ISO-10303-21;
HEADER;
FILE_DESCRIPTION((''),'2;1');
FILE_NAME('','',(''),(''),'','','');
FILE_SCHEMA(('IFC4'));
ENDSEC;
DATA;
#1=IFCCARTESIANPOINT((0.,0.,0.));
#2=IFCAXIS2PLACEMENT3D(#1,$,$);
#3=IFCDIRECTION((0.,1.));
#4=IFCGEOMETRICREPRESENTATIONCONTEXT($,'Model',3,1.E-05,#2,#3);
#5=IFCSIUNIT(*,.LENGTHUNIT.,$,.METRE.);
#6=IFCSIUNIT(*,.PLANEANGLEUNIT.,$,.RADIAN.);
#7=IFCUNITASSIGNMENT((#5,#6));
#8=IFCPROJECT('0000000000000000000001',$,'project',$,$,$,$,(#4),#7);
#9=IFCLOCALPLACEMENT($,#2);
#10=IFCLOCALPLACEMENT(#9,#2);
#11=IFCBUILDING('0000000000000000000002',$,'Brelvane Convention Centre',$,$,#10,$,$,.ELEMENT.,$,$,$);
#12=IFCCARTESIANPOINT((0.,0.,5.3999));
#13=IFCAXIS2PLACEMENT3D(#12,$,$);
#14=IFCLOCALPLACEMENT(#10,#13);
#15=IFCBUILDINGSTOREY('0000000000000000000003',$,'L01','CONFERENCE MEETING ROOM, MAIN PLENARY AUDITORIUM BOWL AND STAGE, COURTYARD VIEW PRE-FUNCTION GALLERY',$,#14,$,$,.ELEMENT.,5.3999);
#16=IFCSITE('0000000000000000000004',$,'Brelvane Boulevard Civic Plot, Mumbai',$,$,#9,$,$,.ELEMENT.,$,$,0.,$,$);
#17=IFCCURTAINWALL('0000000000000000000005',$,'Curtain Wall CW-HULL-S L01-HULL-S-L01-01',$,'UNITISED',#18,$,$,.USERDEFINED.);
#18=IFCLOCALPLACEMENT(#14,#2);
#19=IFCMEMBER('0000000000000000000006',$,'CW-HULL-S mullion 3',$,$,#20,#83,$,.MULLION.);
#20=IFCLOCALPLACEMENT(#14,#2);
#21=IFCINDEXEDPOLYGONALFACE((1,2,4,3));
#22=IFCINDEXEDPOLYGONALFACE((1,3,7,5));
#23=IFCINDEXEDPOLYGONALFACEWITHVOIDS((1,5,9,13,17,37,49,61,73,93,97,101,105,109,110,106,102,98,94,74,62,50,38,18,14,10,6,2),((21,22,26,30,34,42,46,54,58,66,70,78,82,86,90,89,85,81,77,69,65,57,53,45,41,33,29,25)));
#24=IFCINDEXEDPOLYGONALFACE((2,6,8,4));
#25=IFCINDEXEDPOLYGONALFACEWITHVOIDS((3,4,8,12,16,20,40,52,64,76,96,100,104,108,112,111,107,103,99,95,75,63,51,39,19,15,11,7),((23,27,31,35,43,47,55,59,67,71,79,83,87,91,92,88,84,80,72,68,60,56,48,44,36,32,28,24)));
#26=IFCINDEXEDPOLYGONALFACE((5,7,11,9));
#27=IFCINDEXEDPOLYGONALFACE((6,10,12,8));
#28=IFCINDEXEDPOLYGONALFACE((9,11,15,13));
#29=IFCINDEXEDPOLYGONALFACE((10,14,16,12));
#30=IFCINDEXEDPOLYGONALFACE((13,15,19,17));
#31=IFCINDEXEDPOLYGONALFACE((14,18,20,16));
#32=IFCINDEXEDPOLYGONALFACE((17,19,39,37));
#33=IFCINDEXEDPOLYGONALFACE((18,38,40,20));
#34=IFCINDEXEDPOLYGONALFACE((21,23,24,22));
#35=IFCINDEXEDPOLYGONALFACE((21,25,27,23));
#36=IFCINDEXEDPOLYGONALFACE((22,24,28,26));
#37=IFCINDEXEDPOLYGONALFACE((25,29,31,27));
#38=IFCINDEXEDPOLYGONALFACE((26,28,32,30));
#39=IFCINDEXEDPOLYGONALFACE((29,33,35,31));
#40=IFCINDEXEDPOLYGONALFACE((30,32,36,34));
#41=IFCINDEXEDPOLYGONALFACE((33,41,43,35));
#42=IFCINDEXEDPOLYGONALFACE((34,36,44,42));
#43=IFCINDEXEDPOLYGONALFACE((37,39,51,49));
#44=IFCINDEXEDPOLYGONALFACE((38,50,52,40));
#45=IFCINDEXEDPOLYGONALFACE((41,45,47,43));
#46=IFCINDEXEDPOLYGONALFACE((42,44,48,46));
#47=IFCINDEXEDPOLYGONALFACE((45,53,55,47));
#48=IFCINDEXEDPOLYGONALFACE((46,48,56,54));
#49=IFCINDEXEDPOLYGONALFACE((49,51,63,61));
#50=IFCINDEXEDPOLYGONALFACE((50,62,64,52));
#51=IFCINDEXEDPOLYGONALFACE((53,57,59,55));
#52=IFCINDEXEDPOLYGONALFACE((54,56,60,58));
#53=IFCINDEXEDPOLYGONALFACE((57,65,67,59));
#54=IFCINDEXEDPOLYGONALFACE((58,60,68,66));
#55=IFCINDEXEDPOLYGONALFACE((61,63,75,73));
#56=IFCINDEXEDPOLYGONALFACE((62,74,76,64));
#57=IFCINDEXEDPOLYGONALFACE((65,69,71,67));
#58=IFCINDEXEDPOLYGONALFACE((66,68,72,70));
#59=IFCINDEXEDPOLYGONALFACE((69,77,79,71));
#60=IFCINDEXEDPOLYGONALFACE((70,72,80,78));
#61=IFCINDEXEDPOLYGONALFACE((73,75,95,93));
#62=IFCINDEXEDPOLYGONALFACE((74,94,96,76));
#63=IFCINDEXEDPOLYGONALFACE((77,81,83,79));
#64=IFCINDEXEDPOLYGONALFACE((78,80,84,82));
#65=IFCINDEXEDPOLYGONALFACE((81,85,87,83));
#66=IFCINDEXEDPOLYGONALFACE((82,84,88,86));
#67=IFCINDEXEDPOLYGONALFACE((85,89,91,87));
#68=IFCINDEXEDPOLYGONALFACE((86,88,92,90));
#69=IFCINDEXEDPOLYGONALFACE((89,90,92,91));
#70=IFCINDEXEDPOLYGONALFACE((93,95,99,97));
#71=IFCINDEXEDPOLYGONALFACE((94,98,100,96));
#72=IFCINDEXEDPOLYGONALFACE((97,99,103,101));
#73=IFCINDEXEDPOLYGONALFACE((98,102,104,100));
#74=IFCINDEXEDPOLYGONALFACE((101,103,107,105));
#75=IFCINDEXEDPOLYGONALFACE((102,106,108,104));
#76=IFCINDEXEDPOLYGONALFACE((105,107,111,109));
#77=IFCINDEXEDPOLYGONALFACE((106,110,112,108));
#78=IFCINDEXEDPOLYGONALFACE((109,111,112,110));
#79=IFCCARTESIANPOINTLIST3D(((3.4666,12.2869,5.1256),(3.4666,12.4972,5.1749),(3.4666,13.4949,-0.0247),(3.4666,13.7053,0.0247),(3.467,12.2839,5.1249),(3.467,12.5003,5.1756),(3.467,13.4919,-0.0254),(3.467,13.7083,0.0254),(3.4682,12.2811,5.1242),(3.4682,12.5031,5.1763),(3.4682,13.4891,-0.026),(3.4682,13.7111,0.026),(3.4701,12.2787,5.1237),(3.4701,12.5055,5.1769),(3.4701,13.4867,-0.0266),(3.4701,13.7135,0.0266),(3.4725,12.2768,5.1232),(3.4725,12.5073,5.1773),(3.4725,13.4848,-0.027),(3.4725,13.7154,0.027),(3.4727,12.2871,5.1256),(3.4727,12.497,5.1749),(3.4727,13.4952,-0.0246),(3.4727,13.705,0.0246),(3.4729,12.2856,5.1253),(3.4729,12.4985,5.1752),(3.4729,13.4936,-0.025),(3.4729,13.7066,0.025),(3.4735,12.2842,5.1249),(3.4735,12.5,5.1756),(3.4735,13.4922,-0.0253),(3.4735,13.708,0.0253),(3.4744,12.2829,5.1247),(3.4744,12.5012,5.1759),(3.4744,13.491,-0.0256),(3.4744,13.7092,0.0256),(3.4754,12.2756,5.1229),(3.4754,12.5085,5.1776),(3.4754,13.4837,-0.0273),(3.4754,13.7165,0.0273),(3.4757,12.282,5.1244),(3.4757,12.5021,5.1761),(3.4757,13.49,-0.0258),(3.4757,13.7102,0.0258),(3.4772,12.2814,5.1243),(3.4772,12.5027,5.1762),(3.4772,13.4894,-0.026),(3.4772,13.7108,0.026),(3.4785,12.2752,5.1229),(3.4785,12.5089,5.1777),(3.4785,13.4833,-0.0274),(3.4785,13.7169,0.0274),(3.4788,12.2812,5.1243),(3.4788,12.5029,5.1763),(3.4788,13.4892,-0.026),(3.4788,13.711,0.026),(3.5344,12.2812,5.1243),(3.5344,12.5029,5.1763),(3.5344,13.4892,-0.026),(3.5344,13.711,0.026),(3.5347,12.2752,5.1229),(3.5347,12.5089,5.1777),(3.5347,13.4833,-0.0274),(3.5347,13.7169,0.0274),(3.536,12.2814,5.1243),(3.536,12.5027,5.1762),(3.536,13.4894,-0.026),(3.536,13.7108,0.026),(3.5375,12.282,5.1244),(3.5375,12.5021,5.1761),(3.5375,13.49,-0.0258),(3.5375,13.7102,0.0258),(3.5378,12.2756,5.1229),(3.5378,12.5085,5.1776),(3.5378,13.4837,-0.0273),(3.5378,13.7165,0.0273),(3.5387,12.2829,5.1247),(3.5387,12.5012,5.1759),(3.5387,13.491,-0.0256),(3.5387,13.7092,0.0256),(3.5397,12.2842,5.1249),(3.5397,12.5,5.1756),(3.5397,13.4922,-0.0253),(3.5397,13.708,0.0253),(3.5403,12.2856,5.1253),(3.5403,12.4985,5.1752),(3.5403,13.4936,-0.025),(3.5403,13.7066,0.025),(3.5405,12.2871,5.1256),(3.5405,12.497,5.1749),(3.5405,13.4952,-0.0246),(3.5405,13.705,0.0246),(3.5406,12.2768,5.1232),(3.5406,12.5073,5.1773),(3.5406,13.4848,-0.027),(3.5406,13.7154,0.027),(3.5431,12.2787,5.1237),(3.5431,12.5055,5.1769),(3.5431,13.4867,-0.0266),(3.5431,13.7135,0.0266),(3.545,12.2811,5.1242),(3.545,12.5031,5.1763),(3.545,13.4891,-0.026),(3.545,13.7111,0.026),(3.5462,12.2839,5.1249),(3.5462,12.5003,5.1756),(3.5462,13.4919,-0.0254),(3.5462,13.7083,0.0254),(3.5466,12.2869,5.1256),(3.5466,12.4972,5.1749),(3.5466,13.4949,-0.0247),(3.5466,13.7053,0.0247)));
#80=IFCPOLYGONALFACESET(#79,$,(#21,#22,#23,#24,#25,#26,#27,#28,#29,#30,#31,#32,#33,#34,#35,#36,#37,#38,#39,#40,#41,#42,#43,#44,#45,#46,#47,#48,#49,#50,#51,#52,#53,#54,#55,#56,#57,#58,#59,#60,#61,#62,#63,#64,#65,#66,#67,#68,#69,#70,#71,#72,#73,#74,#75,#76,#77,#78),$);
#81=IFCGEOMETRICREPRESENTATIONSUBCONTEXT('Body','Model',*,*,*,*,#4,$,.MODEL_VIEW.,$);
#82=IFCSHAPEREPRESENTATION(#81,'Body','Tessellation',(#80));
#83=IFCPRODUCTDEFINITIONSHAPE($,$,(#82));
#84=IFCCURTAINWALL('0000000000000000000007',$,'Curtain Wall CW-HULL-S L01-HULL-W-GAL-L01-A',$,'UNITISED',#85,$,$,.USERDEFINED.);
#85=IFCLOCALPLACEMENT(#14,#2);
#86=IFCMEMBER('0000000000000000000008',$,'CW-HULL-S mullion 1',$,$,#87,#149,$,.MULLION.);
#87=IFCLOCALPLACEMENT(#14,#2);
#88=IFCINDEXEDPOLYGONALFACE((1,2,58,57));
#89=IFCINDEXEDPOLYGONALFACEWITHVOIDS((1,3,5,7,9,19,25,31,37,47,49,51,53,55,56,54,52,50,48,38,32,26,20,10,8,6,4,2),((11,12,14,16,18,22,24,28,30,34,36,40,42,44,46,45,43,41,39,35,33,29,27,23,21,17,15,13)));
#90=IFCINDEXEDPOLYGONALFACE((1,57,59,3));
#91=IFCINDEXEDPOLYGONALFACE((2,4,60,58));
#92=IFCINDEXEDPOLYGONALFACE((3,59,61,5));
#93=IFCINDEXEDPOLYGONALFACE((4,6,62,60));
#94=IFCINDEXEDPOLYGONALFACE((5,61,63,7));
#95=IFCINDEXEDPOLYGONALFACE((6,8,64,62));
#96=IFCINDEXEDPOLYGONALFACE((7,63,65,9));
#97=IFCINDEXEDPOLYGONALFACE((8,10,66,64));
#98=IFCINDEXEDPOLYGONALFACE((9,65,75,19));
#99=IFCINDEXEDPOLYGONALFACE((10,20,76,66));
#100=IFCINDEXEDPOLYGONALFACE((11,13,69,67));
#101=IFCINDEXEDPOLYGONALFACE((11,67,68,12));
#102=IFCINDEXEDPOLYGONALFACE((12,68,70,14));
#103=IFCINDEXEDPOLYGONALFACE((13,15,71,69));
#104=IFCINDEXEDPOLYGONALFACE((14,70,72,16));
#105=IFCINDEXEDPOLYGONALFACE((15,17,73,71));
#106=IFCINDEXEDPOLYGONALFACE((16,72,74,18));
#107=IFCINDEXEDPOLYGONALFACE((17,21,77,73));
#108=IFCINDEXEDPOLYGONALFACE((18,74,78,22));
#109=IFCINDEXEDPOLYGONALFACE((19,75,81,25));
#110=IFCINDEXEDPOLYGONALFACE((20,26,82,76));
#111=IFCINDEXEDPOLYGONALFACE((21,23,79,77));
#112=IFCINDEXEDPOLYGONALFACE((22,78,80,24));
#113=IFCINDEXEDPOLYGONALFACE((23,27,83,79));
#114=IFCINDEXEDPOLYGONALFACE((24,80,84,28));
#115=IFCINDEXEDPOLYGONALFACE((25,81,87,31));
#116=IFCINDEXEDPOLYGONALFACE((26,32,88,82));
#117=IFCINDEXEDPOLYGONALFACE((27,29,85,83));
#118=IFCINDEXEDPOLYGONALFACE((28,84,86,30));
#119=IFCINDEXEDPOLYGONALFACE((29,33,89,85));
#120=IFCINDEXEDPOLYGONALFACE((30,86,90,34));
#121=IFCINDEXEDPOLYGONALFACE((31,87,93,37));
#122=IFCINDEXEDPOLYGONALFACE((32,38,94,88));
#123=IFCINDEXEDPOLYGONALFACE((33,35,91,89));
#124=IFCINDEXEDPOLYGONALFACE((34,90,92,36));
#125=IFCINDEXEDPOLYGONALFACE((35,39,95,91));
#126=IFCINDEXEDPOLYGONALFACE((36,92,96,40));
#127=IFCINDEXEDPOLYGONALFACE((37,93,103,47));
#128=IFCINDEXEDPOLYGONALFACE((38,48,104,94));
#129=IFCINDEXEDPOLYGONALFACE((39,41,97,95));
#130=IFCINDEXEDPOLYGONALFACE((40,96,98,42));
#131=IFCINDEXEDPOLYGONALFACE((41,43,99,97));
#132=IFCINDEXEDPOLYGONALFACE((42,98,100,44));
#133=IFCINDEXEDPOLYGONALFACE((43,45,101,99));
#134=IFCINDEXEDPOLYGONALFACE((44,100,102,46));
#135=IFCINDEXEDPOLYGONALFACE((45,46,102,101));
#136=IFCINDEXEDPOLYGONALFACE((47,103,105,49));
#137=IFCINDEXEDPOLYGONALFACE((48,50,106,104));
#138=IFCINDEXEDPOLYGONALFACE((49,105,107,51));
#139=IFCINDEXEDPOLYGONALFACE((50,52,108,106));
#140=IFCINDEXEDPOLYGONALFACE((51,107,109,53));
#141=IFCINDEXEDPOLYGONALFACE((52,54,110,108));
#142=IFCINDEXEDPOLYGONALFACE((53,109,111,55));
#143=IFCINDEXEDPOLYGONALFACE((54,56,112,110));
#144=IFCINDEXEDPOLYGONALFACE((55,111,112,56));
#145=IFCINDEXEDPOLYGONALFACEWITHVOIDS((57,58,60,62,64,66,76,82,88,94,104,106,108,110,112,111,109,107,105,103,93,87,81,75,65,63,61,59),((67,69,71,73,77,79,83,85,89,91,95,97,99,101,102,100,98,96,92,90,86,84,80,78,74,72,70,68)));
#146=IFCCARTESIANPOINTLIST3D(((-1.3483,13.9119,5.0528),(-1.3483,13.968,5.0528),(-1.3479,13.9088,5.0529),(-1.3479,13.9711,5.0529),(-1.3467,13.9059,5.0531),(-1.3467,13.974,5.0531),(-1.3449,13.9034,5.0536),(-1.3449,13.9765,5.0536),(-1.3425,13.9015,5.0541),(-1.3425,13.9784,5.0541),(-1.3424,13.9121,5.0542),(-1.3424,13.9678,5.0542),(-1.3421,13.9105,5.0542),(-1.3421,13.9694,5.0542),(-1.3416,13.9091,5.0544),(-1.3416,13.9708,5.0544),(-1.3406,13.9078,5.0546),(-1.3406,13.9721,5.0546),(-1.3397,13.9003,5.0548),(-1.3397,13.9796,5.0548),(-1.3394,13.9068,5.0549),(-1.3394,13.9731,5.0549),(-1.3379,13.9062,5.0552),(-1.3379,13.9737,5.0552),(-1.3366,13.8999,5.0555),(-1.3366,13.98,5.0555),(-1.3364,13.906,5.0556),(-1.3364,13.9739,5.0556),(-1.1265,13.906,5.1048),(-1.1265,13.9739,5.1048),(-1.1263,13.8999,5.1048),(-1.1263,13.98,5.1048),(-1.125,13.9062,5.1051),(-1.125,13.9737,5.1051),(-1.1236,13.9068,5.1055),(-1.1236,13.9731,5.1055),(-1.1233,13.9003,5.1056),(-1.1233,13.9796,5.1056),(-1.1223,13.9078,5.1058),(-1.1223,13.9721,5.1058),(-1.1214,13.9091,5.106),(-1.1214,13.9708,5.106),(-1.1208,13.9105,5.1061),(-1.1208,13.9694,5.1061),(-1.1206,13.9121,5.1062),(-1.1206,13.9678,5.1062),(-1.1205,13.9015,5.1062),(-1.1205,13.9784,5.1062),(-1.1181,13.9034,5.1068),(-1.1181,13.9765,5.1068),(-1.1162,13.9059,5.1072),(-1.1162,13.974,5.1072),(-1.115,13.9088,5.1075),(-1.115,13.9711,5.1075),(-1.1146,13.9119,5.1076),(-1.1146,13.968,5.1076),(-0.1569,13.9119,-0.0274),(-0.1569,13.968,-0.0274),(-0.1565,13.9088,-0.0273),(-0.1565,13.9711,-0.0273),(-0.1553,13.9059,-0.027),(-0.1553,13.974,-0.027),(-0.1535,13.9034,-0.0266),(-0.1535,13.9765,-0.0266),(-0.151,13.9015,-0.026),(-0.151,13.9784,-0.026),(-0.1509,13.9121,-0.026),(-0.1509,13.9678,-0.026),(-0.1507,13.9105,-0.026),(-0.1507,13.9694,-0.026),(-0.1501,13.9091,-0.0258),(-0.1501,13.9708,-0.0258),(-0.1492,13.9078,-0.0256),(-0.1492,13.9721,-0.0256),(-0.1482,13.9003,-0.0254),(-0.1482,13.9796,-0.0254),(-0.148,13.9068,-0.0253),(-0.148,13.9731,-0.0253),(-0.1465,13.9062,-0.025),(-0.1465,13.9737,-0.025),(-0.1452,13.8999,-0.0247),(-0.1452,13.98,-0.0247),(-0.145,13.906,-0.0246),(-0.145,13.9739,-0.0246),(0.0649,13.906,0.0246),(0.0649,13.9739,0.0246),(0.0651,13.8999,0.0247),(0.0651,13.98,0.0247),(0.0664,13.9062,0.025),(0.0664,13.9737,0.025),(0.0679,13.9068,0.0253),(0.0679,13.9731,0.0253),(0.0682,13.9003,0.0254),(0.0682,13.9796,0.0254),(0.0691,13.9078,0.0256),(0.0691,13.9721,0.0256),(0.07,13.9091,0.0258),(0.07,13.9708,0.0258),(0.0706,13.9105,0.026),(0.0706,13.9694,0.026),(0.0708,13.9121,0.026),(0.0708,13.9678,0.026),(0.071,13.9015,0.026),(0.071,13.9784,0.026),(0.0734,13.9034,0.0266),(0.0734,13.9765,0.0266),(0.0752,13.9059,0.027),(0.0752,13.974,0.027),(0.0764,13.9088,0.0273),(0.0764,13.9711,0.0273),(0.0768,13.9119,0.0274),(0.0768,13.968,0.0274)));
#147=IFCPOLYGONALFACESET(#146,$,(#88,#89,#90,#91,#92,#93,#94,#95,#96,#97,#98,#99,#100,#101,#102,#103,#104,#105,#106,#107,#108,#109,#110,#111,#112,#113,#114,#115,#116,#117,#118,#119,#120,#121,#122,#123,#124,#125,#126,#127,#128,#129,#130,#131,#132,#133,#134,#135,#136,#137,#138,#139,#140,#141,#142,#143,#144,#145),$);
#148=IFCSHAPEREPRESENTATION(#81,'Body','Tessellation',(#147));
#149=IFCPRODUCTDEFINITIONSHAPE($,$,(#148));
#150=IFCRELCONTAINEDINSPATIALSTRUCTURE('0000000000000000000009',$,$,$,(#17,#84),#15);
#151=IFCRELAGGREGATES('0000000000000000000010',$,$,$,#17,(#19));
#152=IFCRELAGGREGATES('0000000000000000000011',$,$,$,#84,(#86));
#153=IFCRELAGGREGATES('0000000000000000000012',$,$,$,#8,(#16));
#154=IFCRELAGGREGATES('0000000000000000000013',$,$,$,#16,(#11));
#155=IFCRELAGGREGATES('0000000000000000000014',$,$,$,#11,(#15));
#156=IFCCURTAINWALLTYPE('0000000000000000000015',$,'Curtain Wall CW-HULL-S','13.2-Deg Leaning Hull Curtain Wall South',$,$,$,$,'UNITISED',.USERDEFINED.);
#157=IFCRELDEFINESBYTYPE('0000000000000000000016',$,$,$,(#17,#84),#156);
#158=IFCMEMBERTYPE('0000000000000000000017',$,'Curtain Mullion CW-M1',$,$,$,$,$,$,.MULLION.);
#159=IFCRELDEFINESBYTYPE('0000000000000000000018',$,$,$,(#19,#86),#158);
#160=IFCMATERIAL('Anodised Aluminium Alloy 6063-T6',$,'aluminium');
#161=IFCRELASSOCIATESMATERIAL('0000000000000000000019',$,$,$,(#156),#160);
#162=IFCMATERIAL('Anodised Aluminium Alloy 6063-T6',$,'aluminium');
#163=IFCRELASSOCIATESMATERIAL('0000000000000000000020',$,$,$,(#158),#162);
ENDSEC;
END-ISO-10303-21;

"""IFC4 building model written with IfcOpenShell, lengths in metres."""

from ifc_helpers import new_model, si_unit, direction, frame, origin, origin_2d, place, context, subcontext, project, spatial, hollow_rectangle, extrude, material, material_profile, profile_set, type_object, element, aggregate, save


model = new_model("IFC4")

# Units and contexts
model_context = context("Model", 3, precision=1e-05, world=origin(), true_north=direction((0.0, 1.0)))
body_context = subcontext(model_context, "Body", "Model", "MODEL_VIEW")
ifc_project = project(units=[si_unit("LENGTHUNIT", "METRE"), si_unit("PLANEANGLEUNIT", "RADIAN")], contexts=[model_context])

# Site, building, storey
site_placement = place(None, origin())
site = spatial("IfcSite", under=ifc_project, at=site_placement, Name="Brelvane Boulevard Civic Plot, Mumbai", CompositionType="ELEMENT", RefElevation=0.0)
building_placement = place(site_placement, origin())
building = spatial("IfcBuilding", under=site, at=building_placement, Name="Brelvane Convention Centre", CompositionType="ELEMENT")
storey_placement = place(building_placement, frame((0.0, 0.0, 5.3999)))
storey = spatial("IfcBuildingStorey", under=building, at=storey_placement, Name="L01", Description="CONFERENCE MEETING ROOM, MAIN PLENARY AUDITORIUM BOWL AND STAGE, COURTYARD VIEW PRE-FUNCTION GALLERY", CompositionType="ELEMENT", Elevation=5.3999)

# Curtain walls, members
ifc_material_1 = material(Name="Anodised Aluminium Alloy 6063-T6", Category="aluminium")
curtain_wall_type = type_object("IfcCurtainWallType", Name="Curtain Wall CW-HULL-S", Description="13.2-Deg Leaning Hull Curtain Wall South", ElementType="UNITISED", PredefinedType="USERDEFINED", material=ifc_material_1)
curtain_wall_1_placement = place(storey_placement, origin())
curtain_wall_1 = element("IfcCurtainWall", 1, at=curtain_wall_1_placement, inside=storey, type_object=curtain_wall_type, Name="Curtain Wall CW-HULL-S L01-HULL-S-L01-01", ObjectType="UNITISED", PredefinedType="USERDEFINED")
ifc_material_2 = material(Name="Anodised Aluminium Alloy 6063-T6", Category="aluminium")
ifc_material_profile_1 = material_profile(ifc_material_2, hollow_rectangle(XDim=0.0801, YDim=0.24, WallThickness=0.0061, InnerFilletRadius=0.0061, OuterFilletRadius=0.012, at=origin_2d()), Name="ALU-M 240x80x6.0")
ifc_profile_set_1 = profile_set([ifc_material_profile_1], Name="Anodised Aluminium Alloy 6063-T6")
member_type_1 = type_object("IfcMemberType", Name="Curtain Mullion CW-M1", PredefinedType="MULLION", material=ifc_profile_set_1)
member_1_placement = place(storey_placement, frame((3.5066, 13.6001, 0.0), z_axis=(0.0, -0.22836, 0.973577), x_axis=(1.0, 0.0, 0.0)))
member_1 = element("IfcMember", 2, at=member_1_placement, type_object=member_type_1, Name="CW-HULL-S mullion 3", PredefinedType="MULLION", context=body_context, shape_type="SweptSolid", body=[
    extrude(hollow_rectangle(XDim=0.0801, YDim=0.24, WallThickness=0.0061, InnerFilletRadius=0.0061, OuterFilletRadius=0.012, at=origin_2d()), origin(), (0.0, 0.0, 1.0), 5.29),
])
curtain_wall_2_placement = place(storey_placement, origin())
curtain_wall_2 = element("IfcCurtainWall", 3, at=curtain_wall_2_placement, inside=storey, type_object=curtain_wall_type, Name="Curtain Wall CW-HULL-S L01-HULL-W-GAL-L01-A", ObjectType="UNITISED", PredefinedType="USERDEFINED")
member_2_placement = place(storey_placement, frame((-0.04, 13.9399, 0.0), z_axis=(-0.22833, 0.0, 0.973584), x_axis=(0.0, -1.0, 0.0)))
member_2 = element("IfcMember", 4, at=member_2_placement, type_object=member_type_1, Name="CW-HULL-S mullion 1", PredefinedType="MULLION", context=body_context, shape_type="SweptSolid", body=[
    extrude(hollow_rectangle(XDim=0.0801, YDim=0.24, WallThickness=0.0061, InnerFilletRadius=0.0061, OuterFilletRadius=0.012, at=origin_2d()), origin(), (0.0, 0.0, 1.0), 5.218),
])

aggregate(curtain_wall_1, [member_1])
aggregate(curtain_wall_2, [member_2])

save(model, "model.ifc")
